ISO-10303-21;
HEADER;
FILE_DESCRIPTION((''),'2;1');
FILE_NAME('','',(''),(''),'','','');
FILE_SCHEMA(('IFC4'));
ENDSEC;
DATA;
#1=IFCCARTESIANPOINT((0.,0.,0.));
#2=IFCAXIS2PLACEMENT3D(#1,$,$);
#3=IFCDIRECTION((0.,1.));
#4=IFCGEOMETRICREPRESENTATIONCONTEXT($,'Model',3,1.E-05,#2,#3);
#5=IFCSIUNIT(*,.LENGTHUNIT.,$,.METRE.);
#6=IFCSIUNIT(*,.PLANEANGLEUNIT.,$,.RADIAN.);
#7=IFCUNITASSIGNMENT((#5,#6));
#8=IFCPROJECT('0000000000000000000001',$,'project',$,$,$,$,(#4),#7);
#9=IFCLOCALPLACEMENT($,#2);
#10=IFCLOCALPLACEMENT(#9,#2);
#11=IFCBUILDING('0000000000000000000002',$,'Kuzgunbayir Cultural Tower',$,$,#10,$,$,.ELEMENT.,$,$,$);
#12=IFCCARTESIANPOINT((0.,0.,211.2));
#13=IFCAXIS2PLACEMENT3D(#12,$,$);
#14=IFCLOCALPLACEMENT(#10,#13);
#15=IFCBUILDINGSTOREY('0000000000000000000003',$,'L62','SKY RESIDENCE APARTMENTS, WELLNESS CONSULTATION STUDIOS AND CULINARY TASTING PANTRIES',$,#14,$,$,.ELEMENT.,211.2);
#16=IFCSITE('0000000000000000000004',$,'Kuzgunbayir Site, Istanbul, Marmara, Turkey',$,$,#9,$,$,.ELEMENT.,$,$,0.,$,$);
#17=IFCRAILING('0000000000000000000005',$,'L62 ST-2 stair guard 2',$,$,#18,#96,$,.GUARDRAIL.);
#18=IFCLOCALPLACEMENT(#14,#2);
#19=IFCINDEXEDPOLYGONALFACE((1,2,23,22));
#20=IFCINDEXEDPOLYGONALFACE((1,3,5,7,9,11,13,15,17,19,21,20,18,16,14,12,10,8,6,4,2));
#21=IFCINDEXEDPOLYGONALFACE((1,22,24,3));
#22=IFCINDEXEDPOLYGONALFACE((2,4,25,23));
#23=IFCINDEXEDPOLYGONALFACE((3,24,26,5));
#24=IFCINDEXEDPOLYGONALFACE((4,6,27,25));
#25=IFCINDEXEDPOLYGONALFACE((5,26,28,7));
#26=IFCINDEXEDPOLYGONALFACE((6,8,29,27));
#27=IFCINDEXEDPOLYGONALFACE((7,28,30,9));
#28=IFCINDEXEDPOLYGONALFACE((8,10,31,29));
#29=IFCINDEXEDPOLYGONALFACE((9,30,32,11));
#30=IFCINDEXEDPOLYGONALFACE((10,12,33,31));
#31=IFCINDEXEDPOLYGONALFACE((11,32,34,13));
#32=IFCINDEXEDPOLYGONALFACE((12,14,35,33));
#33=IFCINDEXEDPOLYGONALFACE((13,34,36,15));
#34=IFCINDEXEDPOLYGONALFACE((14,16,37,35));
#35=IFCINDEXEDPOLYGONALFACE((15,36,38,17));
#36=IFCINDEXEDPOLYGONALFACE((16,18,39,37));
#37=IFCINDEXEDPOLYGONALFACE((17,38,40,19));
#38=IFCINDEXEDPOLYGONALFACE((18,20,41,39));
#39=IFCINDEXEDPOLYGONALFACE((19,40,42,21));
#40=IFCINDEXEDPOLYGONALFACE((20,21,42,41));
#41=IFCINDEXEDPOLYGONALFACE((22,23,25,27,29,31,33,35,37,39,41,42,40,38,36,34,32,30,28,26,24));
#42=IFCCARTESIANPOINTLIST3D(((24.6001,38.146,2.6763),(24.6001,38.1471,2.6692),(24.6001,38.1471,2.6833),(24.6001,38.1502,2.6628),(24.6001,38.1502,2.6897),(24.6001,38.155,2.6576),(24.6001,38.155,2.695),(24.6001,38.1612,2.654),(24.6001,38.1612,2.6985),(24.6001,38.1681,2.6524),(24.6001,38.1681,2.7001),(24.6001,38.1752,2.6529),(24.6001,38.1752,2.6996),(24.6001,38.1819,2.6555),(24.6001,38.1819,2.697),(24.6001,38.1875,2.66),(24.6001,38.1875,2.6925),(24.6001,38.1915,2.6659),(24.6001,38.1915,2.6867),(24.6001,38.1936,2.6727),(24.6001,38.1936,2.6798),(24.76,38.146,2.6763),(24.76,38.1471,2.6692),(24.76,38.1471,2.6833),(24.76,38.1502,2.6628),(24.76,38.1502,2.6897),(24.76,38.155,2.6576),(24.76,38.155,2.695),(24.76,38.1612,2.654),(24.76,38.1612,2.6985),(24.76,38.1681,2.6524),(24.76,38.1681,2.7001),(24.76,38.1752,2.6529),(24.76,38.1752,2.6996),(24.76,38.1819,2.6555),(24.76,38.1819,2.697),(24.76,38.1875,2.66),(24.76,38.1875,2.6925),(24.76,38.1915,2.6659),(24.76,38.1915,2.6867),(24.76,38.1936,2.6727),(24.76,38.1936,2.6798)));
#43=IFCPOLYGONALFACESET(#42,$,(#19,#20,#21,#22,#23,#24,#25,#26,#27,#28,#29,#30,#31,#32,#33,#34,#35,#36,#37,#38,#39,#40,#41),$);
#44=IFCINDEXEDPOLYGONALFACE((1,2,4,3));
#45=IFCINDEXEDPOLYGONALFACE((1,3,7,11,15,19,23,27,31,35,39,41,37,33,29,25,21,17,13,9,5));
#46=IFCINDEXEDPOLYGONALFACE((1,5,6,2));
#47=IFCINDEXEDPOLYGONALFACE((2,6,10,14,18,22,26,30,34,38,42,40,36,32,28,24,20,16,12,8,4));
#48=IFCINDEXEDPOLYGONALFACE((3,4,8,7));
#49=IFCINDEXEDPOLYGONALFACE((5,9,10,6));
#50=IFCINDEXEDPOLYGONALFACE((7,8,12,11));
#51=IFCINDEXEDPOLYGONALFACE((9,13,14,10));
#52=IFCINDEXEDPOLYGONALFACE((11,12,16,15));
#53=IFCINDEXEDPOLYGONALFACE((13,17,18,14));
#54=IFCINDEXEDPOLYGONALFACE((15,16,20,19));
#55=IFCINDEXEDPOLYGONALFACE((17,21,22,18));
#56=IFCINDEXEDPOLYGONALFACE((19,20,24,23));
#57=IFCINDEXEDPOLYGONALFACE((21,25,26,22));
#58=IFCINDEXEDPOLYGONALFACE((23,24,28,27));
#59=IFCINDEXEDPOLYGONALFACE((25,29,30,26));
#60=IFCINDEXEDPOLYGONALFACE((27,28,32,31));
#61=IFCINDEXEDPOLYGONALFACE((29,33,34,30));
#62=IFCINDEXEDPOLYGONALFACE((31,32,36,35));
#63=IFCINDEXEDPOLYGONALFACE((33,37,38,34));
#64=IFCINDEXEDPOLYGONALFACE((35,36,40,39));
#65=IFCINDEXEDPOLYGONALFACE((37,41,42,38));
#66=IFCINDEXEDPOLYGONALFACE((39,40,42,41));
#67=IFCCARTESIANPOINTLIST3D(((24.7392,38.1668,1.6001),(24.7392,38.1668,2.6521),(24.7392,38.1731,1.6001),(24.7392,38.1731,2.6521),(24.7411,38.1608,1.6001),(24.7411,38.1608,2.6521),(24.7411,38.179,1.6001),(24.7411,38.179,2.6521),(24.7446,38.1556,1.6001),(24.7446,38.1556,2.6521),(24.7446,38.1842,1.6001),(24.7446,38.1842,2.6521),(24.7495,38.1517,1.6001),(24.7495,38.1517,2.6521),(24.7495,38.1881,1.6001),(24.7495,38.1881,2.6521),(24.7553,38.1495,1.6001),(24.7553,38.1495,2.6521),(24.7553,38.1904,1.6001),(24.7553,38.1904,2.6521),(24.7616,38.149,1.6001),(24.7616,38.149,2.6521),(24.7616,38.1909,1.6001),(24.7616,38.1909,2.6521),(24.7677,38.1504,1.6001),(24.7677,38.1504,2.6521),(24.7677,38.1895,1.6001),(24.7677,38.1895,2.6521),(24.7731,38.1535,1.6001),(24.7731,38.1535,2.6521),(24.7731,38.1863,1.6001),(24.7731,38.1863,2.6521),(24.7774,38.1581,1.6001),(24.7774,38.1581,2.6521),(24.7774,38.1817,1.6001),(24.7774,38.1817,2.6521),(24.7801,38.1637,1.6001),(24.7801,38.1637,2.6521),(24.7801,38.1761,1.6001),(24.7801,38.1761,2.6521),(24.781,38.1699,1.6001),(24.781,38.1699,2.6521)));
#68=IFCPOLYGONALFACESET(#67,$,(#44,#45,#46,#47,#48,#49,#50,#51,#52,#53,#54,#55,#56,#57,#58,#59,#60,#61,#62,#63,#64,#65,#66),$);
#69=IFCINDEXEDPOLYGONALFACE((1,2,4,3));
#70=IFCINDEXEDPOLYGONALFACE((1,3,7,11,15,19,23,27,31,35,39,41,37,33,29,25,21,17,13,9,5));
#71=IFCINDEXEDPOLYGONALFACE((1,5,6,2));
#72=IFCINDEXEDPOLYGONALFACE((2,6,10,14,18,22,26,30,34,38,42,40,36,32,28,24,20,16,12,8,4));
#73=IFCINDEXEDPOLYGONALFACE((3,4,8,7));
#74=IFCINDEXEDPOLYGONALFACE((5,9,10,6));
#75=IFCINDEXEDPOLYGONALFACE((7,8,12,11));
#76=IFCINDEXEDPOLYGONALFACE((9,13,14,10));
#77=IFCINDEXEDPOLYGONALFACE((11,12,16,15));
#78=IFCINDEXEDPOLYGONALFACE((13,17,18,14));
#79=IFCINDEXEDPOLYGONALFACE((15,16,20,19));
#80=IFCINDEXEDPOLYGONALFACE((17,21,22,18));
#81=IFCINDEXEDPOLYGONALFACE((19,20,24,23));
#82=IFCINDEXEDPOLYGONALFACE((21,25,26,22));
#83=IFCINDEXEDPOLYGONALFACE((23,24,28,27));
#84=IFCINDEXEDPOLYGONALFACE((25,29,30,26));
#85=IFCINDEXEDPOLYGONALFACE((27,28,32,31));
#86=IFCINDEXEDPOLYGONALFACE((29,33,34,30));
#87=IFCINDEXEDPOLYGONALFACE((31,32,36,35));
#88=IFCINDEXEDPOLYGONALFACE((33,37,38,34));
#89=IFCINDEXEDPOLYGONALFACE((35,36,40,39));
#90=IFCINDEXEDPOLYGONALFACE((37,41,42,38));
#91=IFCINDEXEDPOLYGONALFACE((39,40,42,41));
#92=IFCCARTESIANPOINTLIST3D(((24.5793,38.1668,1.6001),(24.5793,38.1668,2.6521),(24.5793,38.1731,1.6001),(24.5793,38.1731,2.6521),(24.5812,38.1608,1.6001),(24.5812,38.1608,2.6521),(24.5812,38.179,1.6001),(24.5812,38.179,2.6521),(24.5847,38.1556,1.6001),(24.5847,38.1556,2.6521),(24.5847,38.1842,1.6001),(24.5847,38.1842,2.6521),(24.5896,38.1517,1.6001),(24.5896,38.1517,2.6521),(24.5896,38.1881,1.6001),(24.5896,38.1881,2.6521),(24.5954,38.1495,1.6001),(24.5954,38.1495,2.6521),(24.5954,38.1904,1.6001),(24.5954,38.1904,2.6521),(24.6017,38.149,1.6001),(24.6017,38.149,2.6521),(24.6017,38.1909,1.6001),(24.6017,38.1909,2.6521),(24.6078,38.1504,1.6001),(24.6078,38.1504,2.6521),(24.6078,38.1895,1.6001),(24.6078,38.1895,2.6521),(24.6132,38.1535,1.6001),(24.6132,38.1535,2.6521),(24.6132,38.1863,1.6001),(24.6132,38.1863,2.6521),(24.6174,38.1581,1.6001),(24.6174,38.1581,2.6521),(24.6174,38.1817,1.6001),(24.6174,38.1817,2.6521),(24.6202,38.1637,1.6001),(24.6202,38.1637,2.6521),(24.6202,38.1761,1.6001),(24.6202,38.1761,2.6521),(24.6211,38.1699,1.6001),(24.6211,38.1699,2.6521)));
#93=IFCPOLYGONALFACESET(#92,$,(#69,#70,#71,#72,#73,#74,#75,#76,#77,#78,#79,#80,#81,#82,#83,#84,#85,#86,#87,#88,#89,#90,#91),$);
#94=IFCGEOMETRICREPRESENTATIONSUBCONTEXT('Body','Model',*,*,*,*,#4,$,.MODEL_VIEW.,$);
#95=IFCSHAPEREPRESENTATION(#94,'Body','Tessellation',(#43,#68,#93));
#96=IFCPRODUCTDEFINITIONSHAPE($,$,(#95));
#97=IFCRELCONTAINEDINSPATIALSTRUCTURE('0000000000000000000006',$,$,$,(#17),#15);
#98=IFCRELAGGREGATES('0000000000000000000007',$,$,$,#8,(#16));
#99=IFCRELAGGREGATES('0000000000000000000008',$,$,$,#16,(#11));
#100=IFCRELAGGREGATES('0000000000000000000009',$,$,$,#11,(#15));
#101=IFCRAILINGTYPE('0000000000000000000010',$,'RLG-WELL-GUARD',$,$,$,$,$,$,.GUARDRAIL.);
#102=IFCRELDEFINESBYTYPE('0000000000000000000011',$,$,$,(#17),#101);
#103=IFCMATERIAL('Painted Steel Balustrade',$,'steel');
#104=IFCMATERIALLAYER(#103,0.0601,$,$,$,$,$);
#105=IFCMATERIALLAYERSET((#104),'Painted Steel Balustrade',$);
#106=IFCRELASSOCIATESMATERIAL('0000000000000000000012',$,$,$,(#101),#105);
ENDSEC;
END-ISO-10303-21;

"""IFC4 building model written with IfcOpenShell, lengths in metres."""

from ifc_helpers import new_model, si_unit, direction, frame, origin, origin_2d, place, context, subcontext, project, spatial, circle, extrude, material, layer, layer_set, type_object, element, save


model = new_model("IFC4")

# Units and contexts
model_context = context("Model", 3, precision=1e-05, world=origin(), true_north=direction((0.0, 1.0)))
body_context = subcontext(model_context, "Body", "Model", "MODEL_VIEW")
ifc_project = project(units=[si_unit("LENGTHUNIT", "METRE"), si_unit("PLANEANGLEUNIT", "RADIAN")], contexts=[model_context])

# Site, building, storey
site_placement = place(None, origin())
site = spatial("IfcSite", under=ifc_project, at=site_placement, Name="Kuzgunbayir Site, Istanbul, Marmara, Turkey", CompositionType="ELEMENT", RefElevation=0.0)
building_placement = place(site_placement, origin())
building = spatial("IfcBuilding", under=site, at=building_placement, Name="Kuzgunbayir Cultural Tower", CompositionType="ELEMENT")
storey_placement = place(building_placement, frame((0.0, 0.0, 211.2)))
storey = spatial("IfcBuildingStorey", under=building, at=storey_placement, Name="L62", Description="SKY RESIDENCE APARTMENTS, WELLNESS CONSULTATION STUDIOS AND CULINARY TASTING PANTRIES", CompositionType="ELEMENT", Elevation=211.2)

# Railing
ifc_material_1 = material(Name="Painted Steel Balustrade", Category="steel")
ifc_layer_1 = layer(ifc_material_1, 0.0601)
ifc_layer_set_1 = layer_set([ifc_layer_1], Name="Painted Steel Balustrade")
railing_type_1 = type_object("IfcRailingType", Name="RLG-WELL-GUARD", PredefinedType="GUARDRAIL", material=ifc_layer_set_1)
railing_1_placement = place(storey_placement, frame((24.76, 38.1699, 1.6001)))
element("IfcRailing", 1, at=railing_1_placement, inside=storey, type_object=railing_type_1, Name="L62 ST-2 stair guard 2", PredefinedType="GUARDRAIL", context=body_context, shape_type="SweptSolid", body=[
    extrude(circle(Radius=0.0239, at=origin_2d()), frame((0.0, 0.0, 1.0762), z_axis=(-1.0, 0.0, 0.0), x_axis=(0.0, -1.0, 0.0)), (0.0, 0.0, 1.0), 0.1599),
    extrude(circle(Radius=0.021, at=origin_2d()), origin(), (0.0, 0.0, 1.0), 1.052),
    extrude(circle(Radius=0.021, at=origin_2d()), frame((-0.1599, 0.0, 0.0)), (0.0, 0.0, 1.0), 1.052),
])

save(model, "model.ifc")
